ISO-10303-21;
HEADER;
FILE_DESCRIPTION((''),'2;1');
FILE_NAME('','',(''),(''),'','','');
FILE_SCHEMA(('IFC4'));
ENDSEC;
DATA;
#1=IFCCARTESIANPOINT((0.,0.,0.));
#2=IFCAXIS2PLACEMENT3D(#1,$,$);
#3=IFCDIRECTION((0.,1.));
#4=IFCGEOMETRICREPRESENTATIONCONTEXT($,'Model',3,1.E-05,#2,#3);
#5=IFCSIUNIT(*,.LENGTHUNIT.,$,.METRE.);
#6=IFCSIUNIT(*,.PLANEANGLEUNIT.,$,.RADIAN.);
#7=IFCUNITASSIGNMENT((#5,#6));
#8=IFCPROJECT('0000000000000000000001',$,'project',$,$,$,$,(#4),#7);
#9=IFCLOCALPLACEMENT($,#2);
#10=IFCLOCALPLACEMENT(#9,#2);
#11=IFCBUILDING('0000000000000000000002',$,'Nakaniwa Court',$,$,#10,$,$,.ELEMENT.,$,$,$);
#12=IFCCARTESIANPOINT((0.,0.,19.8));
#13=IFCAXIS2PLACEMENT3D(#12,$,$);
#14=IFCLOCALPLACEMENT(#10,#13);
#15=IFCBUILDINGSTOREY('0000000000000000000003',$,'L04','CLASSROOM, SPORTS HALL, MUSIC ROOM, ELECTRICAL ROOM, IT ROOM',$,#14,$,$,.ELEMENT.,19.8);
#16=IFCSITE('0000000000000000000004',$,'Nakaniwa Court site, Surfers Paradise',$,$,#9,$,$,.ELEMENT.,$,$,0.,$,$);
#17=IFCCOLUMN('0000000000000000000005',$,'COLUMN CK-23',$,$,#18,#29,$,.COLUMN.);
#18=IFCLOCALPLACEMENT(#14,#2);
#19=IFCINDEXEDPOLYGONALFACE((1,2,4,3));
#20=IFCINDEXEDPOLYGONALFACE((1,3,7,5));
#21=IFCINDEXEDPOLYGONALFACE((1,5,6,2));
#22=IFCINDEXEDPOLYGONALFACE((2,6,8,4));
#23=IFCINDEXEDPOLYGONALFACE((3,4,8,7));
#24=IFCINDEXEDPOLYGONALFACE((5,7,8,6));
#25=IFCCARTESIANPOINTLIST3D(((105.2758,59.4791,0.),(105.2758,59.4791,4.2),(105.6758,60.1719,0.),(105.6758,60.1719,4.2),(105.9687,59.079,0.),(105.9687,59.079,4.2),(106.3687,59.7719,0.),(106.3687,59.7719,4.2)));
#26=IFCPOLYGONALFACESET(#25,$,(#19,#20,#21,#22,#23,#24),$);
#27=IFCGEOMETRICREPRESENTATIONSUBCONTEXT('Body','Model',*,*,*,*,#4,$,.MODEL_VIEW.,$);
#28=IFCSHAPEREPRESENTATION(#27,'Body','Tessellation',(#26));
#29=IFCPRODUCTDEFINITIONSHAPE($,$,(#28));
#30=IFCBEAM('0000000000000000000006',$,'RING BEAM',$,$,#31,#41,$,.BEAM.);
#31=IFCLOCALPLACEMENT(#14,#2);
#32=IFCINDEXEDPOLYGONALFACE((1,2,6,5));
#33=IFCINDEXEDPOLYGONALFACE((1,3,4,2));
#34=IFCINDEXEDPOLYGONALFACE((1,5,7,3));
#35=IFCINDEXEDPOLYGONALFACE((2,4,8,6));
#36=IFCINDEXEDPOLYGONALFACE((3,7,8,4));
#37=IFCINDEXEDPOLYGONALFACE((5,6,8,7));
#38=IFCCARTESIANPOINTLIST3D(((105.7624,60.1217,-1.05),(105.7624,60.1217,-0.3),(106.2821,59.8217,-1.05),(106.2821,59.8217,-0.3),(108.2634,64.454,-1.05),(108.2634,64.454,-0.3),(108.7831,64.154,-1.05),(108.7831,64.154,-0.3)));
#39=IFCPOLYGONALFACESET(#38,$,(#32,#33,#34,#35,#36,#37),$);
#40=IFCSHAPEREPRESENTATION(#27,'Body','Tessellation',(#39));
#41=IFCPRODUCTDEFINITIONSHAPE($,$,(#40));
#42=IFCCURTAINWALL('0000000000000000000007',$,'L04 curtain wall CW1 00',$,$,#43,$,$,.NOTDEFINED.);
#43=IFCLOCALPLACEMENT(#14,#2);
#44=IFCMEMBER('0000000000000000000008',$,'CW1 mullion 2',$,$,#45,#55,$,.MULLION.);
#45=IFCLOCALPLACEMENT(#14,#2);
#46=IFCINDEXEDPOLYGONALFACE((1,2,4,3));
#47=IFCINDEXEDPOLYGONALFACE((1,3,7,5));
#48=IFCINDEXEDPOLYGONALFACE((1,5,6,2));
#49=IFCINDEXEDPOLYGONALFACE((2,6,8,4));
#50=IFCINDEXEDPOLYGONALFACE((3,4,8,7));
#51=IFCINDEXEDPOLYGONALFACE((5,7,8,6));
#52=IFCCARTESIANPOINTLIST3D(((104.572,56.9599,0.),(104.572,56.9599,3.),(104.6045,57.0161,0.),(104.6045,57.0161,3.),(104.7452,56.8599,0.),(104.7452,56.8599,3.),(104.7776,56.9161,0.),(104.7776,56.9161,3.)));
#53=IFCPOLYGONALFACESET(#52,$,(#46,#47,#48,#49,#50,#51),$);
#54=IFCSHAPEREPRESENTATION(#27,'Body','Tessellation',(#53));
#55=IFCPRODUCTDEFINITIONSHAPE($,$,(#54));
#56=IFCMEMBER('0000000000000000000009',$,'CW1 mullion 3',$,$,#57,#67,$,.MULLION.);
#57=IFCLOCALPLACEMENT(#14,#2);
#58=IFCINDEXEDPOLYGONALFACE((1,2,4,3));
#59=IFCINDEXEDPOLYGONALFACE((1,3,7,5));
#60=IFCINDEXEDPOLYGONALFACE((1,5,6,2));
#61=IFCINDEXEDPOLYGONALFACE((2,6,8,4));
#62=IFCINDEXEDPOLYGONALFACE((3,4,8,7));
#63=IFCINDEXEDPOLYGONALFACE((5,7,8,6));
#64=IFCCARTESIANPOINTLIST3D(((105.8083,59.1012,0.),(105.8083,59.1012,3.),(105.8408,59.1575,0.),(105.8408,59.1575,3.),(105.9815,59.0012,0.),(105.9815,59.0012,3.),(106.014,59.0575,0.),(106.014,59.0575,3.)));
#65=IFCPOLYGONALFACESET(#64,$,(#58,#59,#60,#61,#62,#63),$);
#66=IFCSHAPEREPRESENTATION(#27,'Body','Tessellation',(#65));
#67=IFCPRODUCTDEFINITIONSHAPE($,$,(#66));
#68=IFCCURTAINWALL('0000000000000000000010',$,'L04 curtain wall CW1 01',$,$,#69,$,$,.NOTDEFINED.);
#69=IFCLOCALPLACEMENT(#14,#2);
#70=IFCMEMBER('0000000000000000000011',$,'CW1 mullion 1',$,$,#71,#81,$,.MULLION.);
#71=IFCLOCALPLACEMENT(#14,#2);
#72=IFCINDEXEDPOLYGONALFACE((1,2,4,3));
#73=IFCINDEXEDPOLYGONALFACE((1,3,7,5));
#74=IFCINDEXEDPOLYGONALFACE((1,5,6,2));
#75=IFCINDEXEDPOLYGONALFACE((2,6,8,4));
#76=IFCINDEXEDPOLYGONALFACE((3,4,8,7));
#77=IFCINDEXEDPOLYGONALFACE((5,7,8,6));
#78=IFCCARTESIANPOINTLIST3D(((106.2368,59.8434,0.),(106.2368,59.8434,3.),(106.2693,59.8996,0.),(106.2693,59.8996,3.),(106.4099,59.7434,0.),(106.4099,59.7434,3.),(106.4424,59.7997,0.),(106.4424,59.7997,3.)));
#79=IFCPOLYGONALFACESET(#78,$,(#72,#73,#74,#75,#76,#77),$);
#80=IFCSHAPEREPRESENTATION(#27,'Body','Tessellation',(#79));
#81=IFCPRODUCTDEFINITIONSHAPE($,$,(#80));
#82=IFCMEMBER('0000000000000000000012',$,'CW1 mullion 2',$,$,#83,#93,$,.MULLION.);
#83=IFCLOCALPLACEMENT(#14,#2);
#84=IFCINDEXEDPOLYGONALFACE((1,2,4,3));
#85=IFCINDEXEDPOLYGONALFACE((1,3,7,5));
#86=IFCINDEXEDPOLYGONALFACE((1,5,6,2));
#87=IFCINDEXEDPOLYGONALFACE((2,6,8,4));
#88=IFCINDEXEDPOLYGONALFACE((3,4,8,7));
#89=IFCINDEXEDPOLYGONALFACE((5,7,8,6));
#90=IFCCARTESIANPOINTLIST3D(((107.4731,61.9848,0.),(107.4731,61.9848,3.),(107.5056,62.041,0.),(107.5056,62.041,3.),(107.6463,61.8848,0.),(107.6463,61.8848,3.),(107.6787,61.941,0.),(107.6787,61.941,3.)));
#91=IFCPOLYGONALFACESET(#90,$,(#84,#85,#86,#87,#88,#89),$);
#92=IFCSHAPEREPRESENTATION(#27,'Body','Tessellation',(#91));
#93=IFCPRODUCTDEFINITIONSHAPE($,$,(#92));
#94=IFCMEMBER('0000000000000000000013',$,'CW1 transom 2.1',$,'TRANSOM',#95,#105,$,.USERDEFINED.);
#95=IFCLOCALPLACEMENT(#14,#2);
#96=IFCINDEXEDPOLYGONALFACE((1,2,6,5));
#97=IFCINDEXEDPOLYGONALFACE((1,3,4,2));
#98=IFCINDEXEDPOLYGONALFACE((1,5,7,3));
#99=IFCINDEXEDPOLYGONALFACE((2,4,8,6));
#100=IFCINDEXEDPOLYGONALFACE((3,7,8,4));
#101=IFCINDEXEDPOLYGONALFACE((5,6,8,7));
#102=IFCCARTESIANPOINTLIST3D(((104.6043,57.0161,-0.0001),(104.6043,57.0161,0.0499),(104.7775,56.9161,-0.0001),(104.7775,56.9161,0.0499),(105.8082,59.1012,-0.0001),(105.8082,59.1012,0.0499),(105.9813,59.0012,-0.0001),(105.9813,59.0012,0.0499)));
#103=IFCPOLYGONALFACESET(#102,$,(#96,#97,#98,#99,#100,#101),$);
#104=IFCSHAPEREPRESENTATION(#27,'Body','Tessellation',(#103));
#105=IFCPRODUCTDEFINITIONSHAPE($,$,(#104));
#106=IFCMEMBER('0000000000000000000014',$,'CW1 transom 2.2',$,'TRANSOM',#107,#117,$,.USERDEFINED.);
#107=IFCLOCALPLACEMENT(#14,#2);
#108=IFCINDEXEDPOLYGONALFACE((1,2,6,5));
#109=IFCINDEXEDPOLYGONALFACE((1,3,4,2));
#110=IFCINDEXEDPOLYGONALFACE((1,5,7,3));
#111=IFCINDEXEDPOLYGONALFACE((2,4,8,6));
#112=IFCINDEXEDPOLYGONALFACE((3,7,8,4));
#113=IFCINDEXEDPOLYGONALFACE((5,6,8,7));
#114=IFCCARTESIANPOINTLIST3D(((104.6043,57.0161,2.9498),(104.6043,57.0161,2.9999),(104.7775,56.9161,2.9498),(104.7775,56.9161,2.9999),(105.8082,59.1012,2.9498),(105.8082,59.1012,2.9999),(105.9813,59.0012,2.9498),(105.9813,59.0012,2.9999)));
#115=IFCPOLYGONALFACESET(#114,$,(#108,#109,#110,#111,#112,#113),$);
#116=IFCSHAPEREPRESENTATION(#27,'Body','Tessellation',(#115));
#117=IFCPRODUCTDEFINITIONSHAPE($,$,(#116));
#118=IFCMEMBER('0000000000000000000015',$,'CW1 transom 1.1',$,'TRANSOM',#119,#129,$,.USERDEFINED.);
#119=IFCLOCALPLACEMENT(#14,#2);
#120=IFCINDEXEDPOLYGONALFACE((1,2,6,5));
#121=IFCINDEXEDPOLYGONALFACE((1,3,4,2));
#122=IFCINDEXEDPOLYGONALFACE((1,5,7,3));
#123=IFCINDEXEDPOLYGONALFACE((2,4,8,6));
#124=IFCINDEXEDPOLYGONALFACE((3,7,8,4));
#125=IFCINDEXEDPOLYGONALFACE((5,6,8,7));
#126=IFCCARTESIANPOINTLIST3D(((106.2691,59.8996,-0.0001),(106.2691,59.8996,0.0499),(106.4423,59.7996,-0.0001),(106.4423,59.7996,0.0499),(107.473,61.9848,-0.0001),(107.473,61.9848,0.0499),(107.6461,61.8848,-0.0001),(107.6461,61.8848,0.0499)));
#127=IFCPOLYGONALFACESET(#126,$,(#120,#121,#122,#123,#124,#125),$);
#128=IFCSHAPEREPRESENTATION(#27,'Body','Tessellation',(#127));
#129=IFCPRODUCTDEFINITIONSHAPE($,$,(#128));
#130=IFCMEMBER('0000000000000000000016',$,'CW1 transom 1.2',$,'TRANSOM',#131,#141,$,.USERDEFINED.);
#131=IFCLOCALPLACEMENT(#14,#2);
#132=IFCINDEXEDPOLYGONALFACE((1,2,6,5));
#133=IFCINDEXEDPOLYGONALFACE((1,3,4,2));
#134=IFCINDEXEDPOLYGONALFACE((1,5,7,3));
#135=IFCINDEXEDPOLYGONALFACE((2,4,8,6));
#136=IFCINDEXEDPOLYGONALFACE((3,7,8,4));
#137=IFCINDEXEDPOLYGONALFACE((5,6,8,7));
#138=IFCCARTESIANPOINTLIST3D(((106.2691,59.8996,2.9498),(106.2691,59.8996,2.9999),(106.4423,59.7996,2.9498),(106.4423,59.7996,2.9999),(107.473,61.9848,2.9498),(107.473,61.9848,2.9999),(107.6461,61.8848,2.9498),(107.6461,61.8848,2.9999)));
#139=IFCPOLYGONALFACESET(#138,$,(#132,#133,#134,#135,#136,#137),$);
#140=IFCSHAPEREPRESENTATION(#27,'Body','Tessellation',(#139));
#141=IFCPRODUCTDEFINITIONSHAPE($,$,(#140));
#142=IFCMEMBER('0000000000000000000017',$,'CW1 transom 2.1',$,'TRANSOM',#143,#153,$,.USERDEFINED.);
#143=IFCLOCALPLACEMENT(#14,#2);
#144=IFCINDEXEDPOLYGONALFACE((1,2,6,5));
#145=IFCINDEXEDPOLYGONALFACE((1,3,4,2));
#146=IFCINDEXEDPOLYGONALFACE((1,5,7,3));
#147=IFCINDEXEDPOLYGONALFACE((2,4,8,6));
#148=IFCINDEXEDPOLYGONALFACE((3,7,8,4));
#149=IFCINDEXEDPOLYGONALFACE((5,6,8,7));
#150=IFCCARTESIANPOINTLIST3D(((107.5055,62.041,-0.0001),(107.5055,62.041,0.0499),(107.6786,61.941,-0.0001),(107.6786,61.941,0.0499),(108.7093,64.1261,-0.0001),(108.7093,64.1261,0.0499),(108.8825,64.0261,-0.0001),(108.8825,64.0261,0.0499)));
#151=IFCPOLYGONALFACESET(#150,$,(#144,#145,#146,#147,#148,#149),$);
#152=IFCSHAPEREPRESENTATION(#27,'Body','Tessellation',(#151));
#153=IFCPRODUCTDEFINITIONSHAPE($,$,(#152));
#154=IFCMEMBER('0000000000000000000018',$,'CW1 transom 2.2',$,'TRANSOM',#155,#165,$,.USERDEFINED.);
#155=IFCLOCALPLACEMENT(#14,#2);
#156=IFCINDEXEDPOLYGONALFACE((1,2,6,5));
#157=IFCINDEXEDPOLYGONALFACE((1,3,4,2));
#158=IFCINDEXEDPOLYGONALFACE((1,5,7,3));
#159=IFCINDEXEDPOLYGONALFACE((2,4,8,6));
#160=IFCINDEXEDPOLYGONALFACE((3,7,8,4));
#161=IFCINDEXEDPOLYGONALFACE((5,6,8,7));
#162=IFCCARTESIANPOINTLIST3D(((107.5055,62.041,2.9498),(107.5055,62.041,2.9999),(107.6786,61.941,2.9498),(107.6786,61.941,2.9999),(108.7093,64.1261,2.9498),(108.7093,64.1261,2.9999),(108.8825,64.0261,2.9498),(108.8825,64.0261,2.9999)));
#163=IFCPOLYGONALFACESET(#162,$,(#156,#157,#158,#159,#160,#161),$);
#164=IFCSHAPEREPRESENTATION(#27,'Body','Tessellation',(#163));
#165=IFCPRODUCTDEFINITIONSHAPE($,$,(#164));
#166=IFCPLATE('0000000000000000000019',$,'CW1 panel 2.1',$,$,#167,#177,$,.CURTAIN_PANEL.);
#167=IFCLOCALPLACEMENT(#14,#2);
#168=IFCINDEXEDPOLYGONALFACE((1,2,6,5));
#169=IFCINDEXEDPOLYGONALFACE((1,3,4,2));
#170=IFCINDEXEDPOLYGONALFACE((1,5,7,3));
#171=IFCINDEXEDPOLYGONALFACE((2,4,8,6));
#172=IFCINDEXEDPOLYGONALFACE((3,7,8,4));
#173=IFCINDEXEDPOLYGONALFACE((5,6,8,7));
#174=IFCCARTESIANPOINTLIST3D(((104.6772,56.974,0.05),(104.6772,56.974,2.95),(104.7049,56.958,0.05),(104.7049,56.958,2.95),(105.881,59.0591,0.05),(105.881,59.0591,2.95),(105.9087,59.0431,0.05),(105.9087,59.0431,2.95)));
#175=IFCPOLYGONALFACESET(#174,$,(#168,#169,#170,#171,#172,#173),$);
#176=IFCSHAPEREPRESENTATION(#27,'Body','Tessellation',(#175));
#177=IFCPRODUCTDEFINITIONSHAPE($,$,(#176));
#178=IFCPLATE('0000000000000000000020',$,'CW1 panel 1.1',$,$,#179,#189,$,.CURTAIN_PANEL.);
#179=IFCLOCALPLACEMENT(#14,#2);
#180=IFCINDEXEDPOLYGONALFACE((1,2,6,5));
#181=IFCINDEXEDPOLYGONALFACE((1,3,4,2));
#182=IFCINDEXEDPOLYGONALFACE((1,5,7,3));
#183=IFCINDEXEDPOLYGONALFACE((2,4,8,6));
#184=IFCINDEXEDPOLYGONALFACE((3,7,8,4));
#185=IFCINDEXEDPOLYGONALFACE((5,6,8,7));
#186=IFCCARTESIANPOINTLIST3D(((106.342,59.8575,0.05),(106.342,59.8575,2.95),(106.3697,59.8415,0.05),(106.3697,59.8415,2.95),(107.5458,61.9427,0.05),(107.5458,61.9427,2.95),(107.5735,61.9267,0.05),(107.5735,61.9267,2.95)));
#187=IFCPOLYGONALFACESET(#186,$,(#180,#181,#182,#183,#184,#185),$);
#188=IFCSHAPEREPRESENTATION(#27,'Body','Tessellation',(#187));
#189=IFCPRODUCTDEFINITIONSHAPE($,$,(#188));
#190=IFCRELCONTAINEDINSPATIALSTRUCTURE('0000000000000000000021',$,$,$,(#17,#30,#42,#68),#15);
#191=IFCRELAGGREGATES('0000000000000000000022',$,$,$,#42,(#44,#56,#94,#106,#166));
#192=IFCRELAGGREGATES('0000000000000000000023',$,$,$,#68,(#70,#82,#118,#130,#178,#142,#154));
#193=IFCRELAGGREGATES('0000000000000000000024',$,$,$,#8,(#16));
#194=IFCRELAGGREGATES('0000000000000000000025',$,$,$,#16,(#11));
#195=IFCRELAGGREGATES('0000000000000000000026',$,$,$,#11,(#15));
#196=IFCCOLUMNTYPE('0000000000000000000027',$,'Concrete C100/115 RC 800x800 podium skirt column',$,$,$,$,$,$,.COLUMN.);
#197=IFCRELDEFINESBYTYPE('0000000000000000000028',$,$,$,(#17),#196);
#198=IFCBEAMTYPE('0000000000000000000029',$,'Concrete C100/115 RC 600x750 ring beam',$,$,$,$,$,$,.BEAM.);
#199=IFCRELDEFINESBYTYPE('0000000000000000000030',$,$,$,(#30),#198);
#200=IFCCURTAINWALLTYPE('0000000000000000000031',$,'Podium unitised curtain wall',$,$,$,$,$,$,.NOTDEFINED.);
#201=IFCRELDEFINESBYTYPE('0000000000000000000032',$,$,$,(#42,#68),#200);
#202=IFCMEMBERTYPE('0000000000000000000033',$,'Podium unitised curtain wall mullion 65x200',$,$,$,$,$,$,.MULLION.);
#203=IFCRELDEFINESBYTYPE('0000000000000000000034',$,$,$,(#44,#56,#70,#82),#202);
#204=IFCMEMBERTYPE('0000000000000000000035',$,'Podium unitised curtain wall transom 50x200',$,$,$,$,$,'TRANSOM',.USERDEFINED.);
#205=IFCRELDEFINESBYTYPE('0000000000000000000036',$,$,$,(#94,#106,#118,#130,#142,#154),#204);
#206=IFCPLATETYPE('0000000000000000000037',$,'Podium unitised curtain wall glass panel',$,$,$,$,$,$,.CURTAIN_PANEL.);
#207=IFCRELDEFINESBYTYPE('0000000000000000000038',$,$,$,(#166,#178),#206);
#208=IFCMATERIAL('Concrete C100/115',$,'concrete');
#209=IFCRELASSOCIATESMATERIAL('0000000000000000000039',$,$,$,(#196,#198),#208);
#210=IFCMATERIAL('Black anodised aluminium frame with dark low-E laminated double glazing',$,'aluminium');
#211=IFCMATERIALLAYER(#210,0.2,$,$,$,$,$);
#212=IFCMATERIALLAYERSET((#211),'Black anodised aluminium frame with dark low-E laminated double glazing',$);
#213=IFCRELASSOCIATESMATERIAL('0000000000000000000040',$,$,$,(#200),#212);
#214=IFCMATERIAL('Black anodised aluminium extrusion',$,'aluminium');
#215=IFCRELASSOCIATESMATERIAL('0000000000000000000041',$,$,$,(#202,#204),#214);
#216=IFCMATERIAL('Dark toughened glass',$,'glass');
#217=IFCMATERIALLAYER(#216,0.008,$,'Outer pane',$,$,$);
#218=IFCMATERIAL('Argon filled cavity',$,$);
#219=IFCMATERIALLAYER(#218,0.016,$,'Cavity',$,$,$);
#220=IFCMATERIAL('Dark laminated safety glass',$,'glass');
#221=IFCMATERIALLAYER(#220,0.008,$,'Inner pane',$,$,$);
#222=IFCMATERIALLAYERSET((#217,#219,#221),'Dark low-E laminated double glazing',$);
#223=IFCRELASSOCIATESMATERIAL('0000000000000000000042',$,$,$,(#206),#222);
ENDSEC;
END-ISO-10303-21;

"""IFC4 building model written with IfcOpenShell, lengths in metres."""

from ifc_helpers import new_model, si_unit, direction, frame, origin, origin_2d, place, context, subcontext, project, spatial, rectangle, extrude, material, layer, layer_set, material_profile, profile_set, type_object, element, aggregate, save


model = new_model("IFC4")

# Units and contexts
model_context = context("Model", 3, precision=1e-05, world=origin(), true_north=direction((0.0, 1.0)))
body_context = subcontext(model_context, "Body", "Model", "MODEL_VIEW")
ifc_project = project(units=[si_unit("LENGTHUNIT", "METRE"), si_unit("PLANEANGLEUNIT", "RADIAN")], contexts=[model_context])

# Site, building, storey
site_placement = place(None, origin())
site = spatial("IfcSite", under=ifc_project, at=site_placement, Name="Nakaniwa Court site, Surfers Paradise", CompositionType="ELEMENT", RefElevation=0.0)
building_placement = place(site_placement, origin())
building = spatial("IfcBuilding", under=site, at=building_placement, Name="Nakaniwa Court", CompositionType="ELEMENT")
storey_placement = place(building_placement, frame((0.0, 0.0, 19.8)))
storey = spatial("IfcBuildingStorey", under=building, at=storey_placement, Name="L04", Description="CLASSROOM, SPORTS HALL, MUSIC ROOM, ELECTRICAL ROOM, IT ROOM", CompositionType="ELEMENT", Elevation=19.8)

# Column
ifc_material_1 = material(Name="Concrete C100/115", Category="concrete")
ifc_material_profile_1 = material_profile(ifc_material_1, rectangle(XDim=0.8, YDim=0.8, at=origin_2d()), Name="Concrete C100/115 RC 800x800 podium skirt column")
ifc_profile_set_1 = profile_set([ifc_material_profile_1], Name="Concrete C100/115")
column_type = type_object("IfcColumnType", Name="Concrete C100/115 RC 800x800 podium skirt column", PredefinedType="COLUMN", material=ifc_profile_set_1)
column_placement = place(storey_placement, frame((105.8223, 59.6255, 0.0), z_axis=(0.0, 0.0, 1.0), x_axis=(0.5, 0.866025, 0.0)))
element("IfcColumn", 1, at=column_placement, inside=storey, type_object=column_type, Name="COLUMN CK-23", PredefinedType="COLUMN", context=body_context, shape_type="SweptSolid", body=[
    extrude(rectangle(XDim=0.8, YDim=0.8, at=origin_2d()), origin(), (0.0, 0.0, 1.0), 4.2),
])

# Beam
ifc_material_profile_2 = material_profile(ifc_material_1, rectangle(XDim=0.6001, YDim=0.75, at=origin_2d()), Name="Concrete C100/115 RC 600x750 ring beam")
ifc_profile_set_2 = profile_set([ifc_material_profile_2], Name="Concrete C100/115")
beam_type = type_object("IfcBeamType", Name="Concrete C100/115 RC 600x750 ring beam", PredefinedType="BEAM", material=ifc_profile_set_2)
beam_placement = place(storey_placement, frame((106.0222, 59.9717, -0.675), z_axis=(0.49996, 0.866048, 0.0), x_axis=(-0.866048, 0.49996, 0.0)))
element("IfcBeam", 2, at=beam_placement, inside=storey, type_object=beam_type, Name="RING BEAM", PredefinedType="BEAM", context=body_context, shape_type="SweptSolid", body=[
    extrude(rectangle(XDim=0.6001, YDim=0.75, at=origin_2d()), origin(), (0.0, 0.0, 1.0), 5.0024),
])

# Curtain walls, members
ifc_material_2 = material(Name="Black anodised aluminium frame with dark low-E laminated double glazing", Category="aluminium")
ifc_layer_1 = layer(ifc_material_2, 0.2)
ifc_layer_set_1 = layer_set([ifc_layer_1], Name="Black anodised aluminium frame with dark low-E laminated double glazing")
curtain_wall_type = type_object("IfcCurtainWallType", Name="Podium unitised curtain wall", PredefinedType="NOTDEFINED", material=ifc_layer_set_1)
curtain_wall_1_placement = place(storey_placement, origin())
curtain_wall_1 = element("IfcCurtainWall", 3, at=curtain_wall_1_placement, inside=storey, type_object=curtain_wall_type, Name="L04 curtain wall CW1 00", PredefinedType="NOTDEFINED")
ifc_material_3 = material(Name="Black anodised aluminium extrusion", Category="aluminium")
ifc_material_profile_3 = material_profile(ifc_material_3, rectangle(XDim=0.2, YDim=0.0649, at=origin_2d()), Name="Podium unitised curtain wall mullion 65x200")
ifc_profile_set_3 = profile_set([ifc_material_profile_3], Name="Black anodised aluminium extrusion")
member_type_1 = type_object("IfcMemberType", Name="Podium unitised curtain wall mullion 65x200", PredefinedType="MULLION", material=ifc_profile_set_3)
member_1_placement = place(storey_placement, frame((104.6748, 56.938, 0.0), z_axis=(0.0, 0.0, 1.0), x_axis=(-0.866037, 0.499979, 0.0)))
member_1 = element("IfcMember", 4, at=member_1_placement, type_object=member_type_1, Name="CW1 mullion 2", PredefinedType="MULLION", context=body_context, shape_type="SweptSolid", body=[
    extrude(rectangle(XDim=0.2, YDim=0.0649, at=origin_2d()), origin(), (0.0, 0.0, 1.0), 3.0),
])
member_2_placement = place(storey_placement, frame((105.9111, 59.0793, 0.0), z_axis=(0.0, 0.0, 1.0), x_axis=(-0.866037, 0.499979, 0.0)))
member_2 = element("IfcMember", 5, at=member_2_placement, type_object=member_type_1, Name="CW1 mullion 3", PredefinedType="MULLION", context=body_context, shape_type="SweptSolid", body=[
    extrude(rectangle(XDim=0.2, YDim=0.0649, at=origin_2d()), origin(), (0.0, 0.0, 1.0), 3.0),
])
curtain_wall_2_placement = place(storey_placement, origin())
curtain_wall_2 = element("IfcCurtainWall", 6, at=curtain_wall_2_placement, inside=storey, type_object=curtain_wall_type, Name="L04 curtain wall CW1 01", PredefinedType="NOTDEFINED")
member_3_placement = place(storey_placement, frame((106.3396, 59.8215, 0.0), z_axis=(0.0, 0.0, 1.0), x_axis=(-0.866032, 0.499988, 0.0)))
member_3 = element("IfcMember", 7, at=member_3_placement, type_object=member_type_1, Name="CW1 mullion 1", PredefinedType="MULLION", context=body_context, shape_type="SweptSolid", body=[
    extrude(rectangle(XDim=0.2, YDim=0.0649, at=origin_2d()), origin(), (0.0, 0.0, 1.0), 3.0),
])
member_4_placement = place(storey_placement, frame((107.5759, 61.9629, 0.0), z_axis=(0.0, 0.0, 1.0), x_axis=(-0.866032, 0.499988, 0.0)))
member_4 = element("IfcMember", 8, at=member_4_placement, type_object=member_type_1, Name="CW1 mullion 2", PredefinedType="MULLION", context=body_context, shape_type="SweptSolid", body=[
    extrude(rectangle(XDim=0.2, YDim=0.0649, at=origin_2d()), origin(), (0.0, 0.0, 1.0), 3.0),
])

# Members
ifc_material_profile_4 = material_profile(ifc_material_3, rectangle(XDim=0.2, YDim=0.05, at=origin_2d()), Name="Podium unitised curtain wall transom 50x200")
ifc_profile_set_4 = profile_set([ifc_material_profile_4], Name="Black anodised aluminium extrusion")
member_type_2 = type_object("IfcMemberType", Name="Podium unitised curtain wall transom 50x200", ElementType="TRANSOM", PredefinedType="USERDEFINED", material=ifc_profile_set_4)
member_5_placement = place(storey_placement, frame((104.6909, 56.9661, 0.0249), z_axis=(0.499989, 0.866032, 0.0), x_axis=(-0.866032, 0.499989, 0.0)))
member_5 = element("IfcMember", 9, at=member_5_placement, type_object=member_type_2, Name="CW1 transom 2.1", ObjectType="TRANSOM", PredefinedType="USERDEFINED", context=body_context, shape_type="SweptSolid", body=[
    extrude(rectangle(XDim=0.2, YDim=0.05, at=origin_2d()), origin(), (0.0, 0.0, 1.0), 2.4077),
])
member_6_placement = place(storey_placement, frame((104.6909, 56.9661, 2.9749), z_axis=(0.499989, 0.866032, 0.0), x_axis=(-0.866032, 0.499989, 0.0)))
member_6 = element("IfcMember", 10, at=member_6_placement, type_object=member_type_2, Name="CW1 transom 2.2", ObjectType="TRANSOM", PredefinedType="USERDEFINED", context=body_context, shape_type="SweptSolid", body=[
    extrude(rectangle(XDim=0.2, YDim=0.05, at=origin_2d()), origin(), (0.0, 0.0, 1.0), 2.4077),
])
member_7_placement = place(storey_placement, frame((106.3557, 59.8496, 0.0249), z_axis=(0.499989, 0.866032, 0.0), x_axis=(-0.866032, 0.499989, 0.0)))
member_7 = element("IfcMember", 11, at=member_7_placement, type_object=member_type_2, Name="CW1 transom 1.1", ObjectType="TRANSOM", PredefinedType="USERDEFINED", context=body_context, shape_type="SweptSolid", body=[
    extrude(rectangle(XDim=0.2, YDim=0.05, at=origin_2d()), origin(), (0.0, 0.0, 1.0), 2.4077),
])
member_8_placement = place(storey_placement, frame((106.3557, 59.8496, 2.9749), z_axis=(0.499989, 0.866032, 0.0), x_axis=(-0.866032, 0.499989, 0.0)))
member_8 = element("IfcMember", 12, at=member_8_placement, type_object=member_type_2, Name="CW1 transom 1.2", ObjectType="TRANSOM", PredefinedType="USERDEFINED", context=body_context, shape_type="SweptSolid", body=[
    extrude(rectangle(XDim=0.2, YDim=0.05, at=origin_2d()), origin(), (0.0, 0.0, 1.0), 2.4077),
])
member_9_placement = place(storey_placement, frame((107.592, 61.991, 0.0249), z_axis=(0.499989, 0.866032, 0.0), x_axis=(-0.866032, 0.499989, 0.0)))
member_9 = element("IfcMember", 13, at=member_9_placement, type_object=member_type_2, Name="CW1 transom 2.1", ObjectType="TRANSOM", PredefinedType="USERDEFINED", context=body_context, shape_type="SweptSolid", body=[
    extrude(rectangle(XDim=0.2, YDim=0.05, at=origin_2d()), origin(), (0.0, 0.0, 1.0), 2.4077),
])
member_10_placement = place(storey_placement, frame((107.592, 61.991, 2.9749), z_axis=(0.499989, 0.866032, 0.0), x_axis=(-0.866032, 0.499989, 0.0)))
member_10 = element("IfcMember", 14, at=member_10_placement, type_object=member_type_2, Name="CW1 transom 2.2", ObjectType="TRANSOM", PredefinedType="USERDEFINED", context=body_context, shape_type="SweptSolid", body=[
    extrude(rectangle(XDim=0.2, YDim=0.05, at=origin_2d()), origin(), (0.0, 0.0, 1.0), 2.4077),
])

# Plates
ifc_material_4 = material(Name="Dark toughened glass", Category="glass")
ifc_layer_2 = layer(ifc_material_4, 0.008, Name="Outer pane")
ifc_material_5 = material(Name="Argon filled cavity")
ifc_layer_3 = layer(ifc_material_5, 0.016, Name="Cavity")
ifc_material_6 = material(Name="Dark laminated safety glass", Category="glass")
ifc_layer_4 = layer(ifc_material_6, 0.008, Name="Inner pane")
ifc_layer_set_2 = layer_set([ifc_layer_2, ifc_layer_3, ifc_layer_4], Name="Dark low-E laminated double glazing")
plate_type = type_object("IfcPlateType", Name="Podium unitised curtain wall glass panel", PredefinedType="CURTAIN_PANEL", material=ifc_layer_set_2)
plate_1_placement = place(storey_placement, frame((105.293, 58.0085, 0.05), z_axis=(0.0, 0.0, 1.0), x_axis=(0.499979, 0.866037, 0.0)))
plate_1 = element("IfcPlate", 15, at=plate_1_placement, type_object=plate_type, Name="CW1 panel 2.1", PredefinedType="CURTAIN_PANEL", context=body_context, shape_type="SweptSolid", body=[
    extrude(rectangle(XDim=2.4077, YDim=0.032, at=origin_2d()), origin(), (0.0, 0.0, 1.0), 2.8999),
])
aggregate(curtain_wall_1, [member_1, member_2, member_5, member_6, plate_1])
plate_2_placement = place(storey_placement, frame((106.9578, 60.8921, 0.05), z_axis=(0.0, 0.0, 1.0), x_axis=(0.499988, 0.866032, 0.0)))
plate_2 = element("IfcPlate", 16, at=plate_2_placement, type_object=plate_type, Name="CW1 panel 1.1", PredefinedType="CURTAIN_PANEL", context=body_context, shape_type="SweptSolid", body=[
    extrude(rectangle(XDim=2.4077, YDim=0.032, at=origin_2d()), origin(), (0.0, 0.0, 1.0), 2.8999),
])
aggregate(curtain_wall_2, [member_3, member_4, member_7, member_8, plate_2, member_9, member_10])

save(model, "model.ifc")
